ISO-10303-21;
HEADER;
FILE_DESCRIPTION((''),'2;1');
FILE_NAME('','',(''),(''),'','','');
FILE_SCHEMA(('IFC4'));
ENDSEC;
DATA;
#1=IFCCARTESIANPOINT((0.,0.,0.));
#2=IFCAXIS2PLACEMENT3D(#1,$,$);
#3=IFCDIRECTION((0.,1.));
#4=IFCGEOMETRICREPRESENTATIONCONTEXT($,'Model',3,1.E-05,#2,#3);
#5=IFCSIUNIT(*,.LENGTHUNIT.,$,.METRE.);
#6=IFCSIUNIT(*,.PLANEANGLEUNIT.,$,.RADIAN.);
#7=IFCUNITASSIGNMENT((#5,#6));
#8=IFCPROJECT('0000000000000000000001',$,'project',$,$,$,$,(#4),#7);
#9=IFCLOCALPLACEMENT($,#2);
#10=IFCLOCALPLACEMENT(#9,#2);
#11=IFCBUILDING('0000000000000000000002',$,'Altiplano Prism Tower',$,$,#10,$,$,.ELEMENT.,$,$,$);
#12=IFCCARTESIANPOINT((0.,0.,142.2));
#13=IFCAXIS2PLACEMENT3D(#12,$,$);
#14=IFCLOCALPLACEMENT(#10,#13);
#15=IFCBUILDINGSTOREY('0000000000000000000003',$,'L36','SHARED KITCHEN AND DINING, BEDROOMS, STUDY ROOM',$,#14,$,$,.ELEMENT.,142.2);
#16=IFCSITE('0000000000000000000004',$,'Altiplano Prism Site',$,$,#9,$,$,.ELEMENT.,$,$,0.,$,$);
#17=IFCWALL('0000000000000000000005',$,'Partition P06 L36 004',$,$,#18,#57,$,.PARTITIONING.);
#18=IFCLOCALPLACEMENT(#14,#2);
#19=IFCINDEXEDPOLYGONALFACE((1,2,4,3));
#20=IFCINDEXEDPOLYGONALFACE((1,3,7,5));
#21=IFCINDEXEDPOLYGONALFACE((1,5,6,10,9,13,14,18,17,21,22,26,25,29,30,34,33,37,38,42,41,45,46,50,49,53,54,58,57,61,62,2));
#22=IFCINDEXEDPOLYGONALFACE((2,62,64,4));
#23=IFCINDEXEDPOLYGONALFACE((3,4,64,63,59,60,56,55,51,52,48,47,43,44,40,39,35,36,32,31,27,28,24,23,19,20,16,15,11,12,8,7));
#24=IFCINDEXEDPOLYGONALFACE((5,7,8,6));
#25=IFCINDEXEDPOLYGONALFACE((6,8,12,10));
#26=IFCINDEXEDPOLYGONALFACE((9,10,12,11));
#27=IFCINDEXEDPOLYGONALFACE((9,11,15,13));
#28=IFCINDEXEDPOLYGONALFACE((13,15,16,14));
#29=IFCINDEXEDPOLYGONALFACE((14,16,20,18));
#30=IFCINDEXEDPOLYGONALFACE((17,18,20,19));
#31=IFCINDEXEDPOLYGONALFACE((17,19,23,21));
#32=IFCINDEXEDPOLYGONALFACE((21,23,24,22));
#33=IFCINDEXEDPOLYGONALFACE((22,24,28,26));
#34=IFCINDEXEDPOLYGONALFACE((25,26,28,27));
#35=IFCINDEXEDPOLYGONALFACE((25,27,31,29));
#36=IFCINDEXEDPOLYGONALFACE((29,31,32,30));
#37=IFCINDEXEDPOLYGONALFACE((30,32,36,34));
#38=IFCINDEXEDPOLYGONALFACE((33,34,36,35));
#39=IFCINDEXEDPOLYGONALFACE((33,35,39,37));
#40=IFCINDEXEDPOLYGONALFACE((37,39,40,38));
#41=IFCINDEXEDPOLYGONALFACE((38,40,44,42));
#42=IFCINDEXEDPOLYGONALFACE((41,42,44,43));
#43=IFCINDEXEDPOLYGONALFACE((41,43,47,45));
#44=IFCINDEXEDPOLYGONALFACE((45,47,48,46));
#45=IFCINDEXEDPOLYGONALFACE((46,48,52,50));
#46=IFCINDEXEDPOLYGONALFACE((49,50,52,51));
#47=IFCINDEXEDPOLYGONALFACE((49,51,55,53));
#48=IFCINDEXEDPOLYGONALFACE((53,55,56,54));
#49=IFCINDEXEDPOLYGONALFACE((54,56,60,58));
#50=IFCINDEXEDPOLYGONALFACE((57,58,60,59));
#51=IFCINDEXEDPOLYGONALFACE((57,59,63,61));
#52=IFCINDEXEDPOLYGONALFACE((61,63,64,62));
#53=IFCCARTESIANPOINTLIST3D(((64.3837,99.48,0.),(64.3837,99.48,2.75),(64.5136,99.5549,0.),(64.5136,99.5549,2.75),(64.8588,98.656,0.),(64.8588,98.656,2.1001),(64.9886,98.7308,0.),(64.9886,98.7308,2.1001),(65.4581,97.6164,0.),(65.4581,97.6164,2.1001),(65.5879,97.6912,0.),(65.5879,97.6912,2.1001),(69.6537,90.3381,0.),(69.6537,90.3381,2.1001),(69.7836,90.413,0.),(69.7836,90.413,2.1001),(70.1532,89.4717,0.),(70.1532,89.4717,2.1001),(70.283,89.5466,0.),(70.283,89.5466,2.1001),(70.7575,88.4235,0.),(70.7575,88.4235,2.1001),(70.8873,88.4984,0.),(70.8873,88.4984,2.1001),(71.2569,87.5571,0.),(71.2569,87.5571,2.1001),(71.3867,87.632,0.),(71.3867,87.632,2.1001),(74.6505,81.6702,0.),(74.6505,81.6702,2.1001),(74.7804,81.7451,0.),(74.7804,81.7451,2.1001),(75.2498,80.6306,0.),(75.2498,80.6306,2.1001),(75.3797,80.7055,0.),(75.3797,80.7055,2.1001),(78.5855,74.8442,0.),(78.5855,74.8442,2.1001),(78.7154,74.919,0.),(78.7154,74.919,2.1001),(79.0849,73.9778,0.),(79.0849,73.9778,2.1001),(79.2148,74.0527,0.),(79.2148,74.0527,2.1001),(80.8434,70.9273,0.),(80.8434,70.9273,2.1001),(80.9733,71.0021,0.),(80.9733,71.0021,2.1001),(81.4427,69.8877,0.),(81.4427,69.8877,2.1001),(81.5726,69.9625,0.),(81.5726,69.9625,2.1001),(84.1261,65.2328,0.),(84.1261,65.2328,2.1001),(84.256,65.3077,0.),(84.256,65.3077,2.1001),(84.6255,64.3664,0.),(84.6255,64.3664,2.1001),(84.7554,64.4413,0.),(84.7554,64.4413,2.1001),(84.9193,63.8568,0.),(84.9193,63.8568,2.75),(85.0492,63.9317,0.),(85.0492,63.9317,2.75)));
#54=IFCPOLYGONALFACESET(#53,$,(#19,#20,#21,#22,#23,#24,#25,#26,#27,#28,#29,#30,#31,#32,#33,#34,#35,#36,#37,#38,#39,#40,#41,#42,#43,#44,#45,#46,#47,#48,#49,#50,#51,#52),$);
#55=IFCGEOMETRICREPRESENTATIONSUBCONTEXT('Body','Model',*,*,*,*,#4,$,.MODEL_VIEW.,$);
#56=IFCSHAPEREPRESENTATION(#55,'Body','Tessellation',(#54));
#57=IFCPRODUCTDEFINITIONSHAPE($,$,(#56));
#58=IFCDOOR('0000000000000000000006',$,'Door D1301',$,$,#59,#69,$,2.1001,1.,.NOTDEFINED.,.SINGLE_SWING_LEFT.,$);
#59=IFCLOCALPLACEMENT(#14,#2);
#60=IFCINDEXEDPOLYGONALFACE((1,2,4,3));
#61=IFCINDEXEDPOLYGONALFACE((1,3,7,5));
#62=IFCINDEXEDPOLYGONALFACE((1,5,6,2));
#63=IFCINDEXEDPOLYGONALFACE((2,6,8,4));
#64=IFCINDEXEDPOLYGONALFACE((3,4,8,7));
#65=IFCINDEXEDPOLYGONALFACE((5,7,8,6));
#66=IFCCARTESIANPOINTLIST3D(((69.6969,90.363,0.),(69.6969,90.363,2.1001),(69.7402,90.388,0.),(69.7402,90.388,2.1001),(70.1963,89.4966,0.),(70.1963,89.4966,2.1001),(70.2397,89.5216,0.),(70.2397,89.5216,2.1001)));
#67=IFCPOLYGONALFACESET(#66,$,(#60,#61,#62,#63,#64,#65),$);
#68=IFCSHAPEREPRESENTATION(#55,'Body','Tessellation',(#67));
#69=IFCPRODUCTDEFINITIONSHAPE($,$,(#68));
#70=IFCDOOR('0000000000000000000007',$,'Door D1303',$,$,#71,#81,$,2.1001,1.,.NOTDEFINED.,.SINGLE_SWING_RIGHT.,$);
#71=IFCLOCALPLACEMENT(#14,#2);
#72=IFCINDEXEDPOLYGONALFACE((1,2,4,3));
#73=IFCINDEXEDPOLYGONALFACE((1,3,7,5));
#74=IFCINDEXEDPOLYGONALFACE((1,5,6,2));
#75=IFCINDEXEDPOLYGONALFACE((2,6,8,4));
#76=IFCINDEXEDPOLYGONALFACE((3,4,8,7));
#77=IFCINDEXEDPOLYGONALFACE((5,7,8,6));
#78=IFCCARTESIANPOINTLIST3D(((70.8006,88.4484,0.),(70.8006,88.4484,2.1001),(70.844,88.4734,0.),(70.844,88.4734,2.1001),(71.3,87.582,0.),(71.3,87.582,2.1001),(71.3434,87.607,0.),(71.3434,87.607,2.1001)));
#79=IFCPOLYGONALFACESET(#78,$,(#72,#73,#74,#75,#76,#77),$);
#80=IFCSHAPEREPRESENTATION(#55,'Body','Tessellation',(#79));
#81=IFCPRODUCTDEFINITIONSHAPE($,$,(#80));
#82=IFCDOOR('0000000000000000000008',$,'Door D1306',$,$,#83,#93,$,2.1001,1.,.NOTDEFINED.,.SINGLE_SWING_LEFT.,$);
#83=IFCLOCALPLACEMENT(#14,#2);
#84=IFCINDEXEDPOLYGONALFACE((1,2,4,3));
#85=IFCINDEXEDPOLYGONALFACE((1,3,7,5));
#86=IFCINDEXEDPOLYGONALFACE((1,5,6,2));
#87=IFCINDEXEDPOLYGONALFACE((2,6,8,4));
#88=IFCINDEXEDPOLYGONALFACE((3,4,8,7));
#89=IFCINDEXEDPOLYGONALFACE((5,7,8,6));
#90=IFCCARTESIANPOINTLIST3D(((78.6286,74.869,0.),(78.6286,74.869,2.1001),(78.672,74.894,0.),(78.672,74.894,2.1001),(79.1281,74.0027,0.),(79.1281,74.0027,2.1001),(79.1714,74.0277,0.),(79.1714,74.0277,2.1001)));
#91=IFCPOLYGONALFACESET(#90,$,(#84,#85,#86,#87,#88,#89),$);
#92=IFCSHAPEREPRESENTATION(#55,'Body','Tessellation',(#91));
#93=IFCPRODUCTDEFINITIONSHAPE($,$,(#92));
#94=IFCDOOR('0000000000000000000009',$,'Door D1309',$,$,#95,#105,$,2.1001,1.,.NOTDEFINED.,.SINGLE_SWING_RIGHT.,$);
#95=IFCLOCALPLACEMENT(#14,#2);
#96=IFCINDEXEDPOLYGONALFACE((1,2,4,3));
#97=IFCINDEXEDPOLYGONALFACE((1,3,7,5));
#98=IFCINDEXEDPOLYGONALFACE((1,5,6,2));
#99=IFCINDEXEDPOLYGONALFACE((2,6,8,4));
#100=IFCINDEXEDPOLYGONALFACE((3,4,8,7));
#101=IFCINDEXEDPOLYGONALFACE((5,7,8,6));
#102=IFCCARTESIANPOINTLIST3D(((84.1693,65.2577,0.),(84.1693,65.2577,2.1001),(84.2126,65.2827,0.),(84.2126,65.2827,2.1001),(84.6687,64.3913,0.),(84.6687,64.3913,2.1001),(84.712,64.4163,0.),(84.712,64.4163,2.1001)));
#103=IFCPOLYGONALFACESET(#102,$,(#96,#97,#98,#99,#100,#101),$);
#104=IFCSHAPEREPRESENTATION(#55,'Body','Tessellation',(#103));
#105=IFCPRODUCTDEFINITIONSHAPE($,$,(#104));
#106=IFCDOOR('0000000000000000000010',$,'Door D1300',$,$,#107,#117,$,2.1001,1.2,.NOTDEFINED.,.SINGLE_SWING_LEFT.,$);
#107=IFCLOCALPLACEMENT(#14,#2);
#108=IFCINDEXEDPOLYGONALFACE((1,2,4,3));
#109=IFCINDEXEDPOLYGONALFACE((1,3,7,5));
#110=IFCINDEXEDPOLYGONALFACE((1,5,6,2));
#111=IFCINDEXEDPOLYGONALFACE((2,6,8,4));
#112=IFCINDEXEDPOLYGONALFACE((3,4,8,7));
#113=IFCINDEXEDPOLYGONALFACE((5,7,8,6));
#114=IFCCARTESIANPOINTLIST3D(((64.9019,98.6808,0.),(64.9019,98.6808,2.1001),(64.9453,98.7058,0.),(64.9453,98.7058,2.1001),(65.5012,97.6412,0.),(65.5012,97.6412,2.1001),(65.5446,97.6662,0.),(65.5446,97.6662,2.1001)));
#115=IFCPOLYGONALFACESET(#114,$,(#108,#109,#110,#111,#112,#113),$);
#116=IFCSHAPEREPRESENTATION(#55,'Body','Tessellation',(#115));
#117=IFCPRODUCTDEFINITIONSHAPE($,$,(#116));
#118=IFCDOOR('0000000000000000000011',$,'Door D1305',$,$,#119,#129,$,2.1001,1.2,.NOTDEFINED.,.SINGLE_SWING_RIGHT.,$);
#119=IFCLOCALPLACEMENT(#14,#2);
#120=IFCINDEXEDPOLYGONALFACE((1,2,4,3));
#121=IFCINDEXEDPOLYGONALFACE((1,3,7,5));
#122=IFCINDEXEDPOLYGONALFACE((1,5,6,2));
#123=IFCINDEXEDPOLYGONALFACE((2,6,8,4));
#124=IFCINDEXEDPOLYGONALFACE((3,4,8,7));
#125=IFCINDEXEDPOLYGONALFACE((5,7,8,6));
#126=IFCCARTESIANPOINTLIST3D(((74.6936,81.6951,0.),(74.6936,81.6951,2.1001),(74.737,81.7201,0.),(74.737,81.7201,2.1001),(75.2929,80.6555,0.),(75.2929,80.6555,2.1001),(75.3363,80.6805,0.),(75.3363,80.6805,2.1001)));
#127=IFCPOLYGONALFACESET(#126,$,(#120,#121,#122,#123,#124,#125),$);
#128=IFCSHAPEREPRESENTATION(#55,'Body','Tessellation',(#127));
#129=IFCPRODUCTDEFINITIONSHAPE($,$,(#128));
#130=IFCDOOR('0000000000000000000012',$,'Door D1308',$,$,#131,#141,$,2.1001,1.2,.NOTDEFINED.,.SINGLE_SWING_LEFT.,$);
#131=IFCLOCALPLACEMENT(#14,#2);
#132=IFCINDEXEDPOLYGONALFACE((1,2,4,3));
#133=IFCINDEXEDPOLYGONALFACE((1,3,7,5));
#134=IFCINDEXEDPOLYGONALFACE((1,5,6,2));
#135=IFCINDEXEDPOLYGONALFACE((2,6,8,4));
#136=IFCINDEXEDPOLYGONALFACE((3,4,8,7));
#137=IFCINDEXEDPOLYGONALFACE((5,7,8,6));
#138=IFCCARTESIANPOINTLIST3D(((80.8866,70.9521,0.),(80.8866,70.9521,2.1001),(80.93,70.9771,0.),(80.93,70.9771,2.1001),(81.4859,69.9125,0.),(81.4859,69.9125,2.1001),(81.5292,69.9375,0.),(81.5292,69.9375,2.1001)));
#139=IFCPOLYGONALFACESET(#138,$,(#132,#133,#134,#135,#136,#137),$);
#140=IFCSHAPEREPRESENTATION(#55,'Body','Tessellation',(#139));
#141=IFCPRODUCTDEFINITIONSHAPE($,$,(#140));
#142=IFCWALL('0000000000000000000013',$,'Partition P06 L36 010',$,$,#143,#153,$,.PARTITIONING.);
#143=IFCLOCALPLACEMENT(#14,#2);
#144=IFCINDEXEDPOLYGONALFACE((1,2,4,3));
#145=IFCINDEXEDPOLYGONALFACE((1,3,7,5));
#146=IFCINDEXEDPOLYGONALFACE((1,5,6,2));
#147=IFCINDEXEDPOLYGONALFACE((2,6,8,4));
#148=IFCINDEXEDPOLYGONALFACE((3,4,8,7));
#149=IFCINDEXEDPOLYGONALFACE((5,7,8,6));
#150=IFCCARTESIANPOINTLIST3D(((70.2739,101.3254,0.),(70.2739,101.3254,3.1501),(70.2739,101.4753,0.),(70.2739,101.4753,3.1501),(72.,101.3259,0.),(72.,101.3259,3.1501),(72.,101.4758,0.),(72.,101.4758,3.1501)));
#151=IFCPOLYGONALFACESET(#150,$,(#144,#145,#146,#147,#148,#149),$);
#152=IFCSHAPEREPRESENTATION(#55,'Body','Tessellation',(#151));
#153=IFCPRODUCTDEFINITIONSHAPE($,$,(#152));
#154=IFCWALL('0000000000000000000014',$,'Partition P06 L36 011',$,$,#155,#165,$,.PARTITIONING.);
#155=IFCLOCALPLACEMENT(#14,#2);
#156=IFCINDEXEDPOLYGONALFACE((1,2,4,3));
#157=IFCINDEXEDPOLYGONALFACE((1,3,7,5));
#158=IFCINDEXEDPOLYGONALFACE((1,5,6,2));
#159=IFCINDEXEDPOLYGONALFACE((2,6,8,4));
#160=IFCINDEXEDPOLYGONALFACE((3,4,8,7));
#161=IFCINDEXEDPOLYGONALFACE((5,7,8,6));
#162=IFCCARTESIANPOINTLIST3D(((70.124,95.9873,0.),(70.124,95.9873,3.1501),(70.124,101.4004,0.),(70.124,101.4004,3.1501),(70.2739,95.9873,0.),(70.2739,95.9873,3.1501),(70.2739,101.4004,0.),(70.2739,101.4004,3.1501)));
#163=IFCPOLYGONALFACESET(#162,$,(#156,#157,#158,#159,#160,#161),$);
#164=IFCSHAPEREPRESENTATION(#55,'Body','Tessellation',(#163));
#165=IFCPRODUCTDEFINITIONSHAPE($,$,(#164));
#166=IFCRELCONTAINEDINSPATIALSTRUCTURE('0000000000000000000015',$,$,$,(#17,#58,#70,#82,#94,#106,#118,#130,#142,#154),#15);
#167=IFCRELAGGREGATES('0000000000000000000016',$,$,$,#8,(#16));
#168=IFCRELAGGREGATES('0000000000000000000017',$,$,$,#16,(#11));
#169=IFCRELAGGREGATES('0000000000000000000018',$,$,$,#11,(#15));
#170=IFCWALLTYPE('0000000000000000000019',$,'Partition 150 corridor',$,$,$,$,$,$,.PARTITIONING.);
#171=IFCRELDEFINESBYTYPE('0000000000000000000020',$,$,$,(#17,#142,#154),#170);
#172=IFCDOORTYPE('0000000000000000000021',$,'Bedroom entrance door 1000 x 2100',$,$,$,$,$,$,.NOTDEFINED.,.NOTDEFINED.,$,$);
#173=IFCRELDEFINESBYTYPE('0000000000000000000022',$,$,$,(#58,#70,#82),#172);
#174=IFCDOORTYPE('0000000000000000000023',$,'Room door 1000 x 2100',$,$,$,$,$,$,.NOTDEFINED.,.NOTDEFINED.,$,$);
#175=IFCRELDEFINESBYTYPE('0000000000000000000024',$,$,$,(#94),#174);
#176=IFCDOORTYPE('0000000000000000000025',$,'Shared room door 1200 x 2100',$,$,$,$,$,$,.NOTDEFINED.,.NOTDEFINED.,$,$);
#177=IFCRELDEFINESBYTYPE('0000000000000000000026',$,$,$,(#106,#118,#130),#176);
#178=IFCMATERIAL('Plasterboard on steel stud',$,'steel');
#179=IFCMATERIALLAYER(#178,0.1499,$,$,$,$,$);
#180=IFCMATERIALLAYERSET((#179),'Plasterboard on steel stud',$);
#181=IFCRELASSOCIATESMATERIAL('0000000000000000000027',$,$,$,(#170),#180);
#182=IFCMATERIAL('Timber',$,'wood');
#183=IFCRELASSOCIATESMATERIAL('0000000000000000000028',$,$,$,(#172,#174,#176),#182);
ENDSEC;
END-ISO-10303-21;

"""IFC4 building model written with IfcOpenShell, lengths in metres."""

from ifc_helpers import new_model, si_unit, direction, frame, frame_2d, origin, place, context, subcontext, project, spatial, rectangle, extrude, material, layer, layer_set, type_object, element, fill, save


model = new_model("IFC4")

# Units and contexts
model_context = context("Model", 3, precision=1e-05, world=origin(), true_north=direction((0.0, 1.0)))
body_context = subcontext(model_context, "Body", "Model", "MODEL_VIEW")
ifc_project = project(units=[si_unit("LENGTHUNIT", "METRE"), si_unit("PLANEANGLEUNIT", "RADIAN")], contexts=[model_context])

# Site, building, storey
site_placement = place(None, origin())
site = spatial("IfcSite", under=ifc_project, at=site_placement, Name="Altiplano Prism Site", CompositionType="ELEMENT", RefElevation=0.0)
building_placement = place(site_placement, origin())
building = spatial("IfcBuilding", under=site, at=building_placement, Name="Altiplano Prism Tower", CompositionType="ELEMENT")
storey_placement = place(building_placement, frame((0.0, 0.0, 142.2)))
storey = spatial("IfcBuildingStorey", under=building, at=storey_placement, Name="L36", Description="SHARED KITCHEN AND DINING, BEDROOMS, STUDY ROOM", CompositionType="ELEMENT", Elevation=142.2)

# Shared definitions
ifc_material_1 = material(Name="Plasterboard on steel stud", Category="steel")

# Wall, openings, doors
ifc_layer_1 = layer(ifc_material_1, 0.1499)
ifc_layer_set_1 = layer_set([ifc_layer_1], Name="Plasterboard on steel stud")
wall_type_1 = type_object("IfcWallType", Name="Partition 150 corridor", PredefinedType="PARTITIONING", material=ifc_layer_set_1)
wall_1_placement = place(storey_placement, frame((64.4487, 99.5173, 0.0), z_axis=(0.0, 0.0, 1.0), x_axis=(0.499426, -0.866357, 0.0)))
wall_1 = element("IfcWall", 1, at=wall_1_placement, inside=storey, type_object=wall_type_1, Name="Partition P06 L36 004", PredefinedType="PARTITIONING", context=body_context, shape_type="SweptSolid", body=[
    extrude(rectangle(XDim=41.1184, YDim=0.1499, at=frame_2d((20.5591, 0.0))), origin(), (0.0, 0.0, 1.0), 2.75),
])
opening_1_placement = place(wall_1_placement, frame((0.9509, 0.0, 0.0)))
opening_1 = element("IfcOpeningElement", 2, at=opening_1_placement, cuts=wall_1, PredefinedType="OPENING", context=body_context, shape_type="SweptSolid", body=[
    extrude(rectangle(XDim=1.2, YDim=2.1001, at=frame_2d((0.6001, 1.05))), frame((0.0, 0.0854, 0.0), z_axis=(0.0, -1.0, 0.0), x_axis=(1.0, 0.0, 0.0)), (0.0, 0.0, 1.0), 0.1709),
])
opening_2_placement = place(wall_1_placement, frame((10.552, 0.0, 0.0)))
opening_2 = element("IfcOpeningElement", 3, at=opening_2_placement, cuts=wall_1, PredefinedType="OPENING", context=body_context, shape_type="SweptSolid", body=[
    extrude(rectangle(XDim=1.0, YDim=2.1001, at=frame_2d((0.5, 1.05))), frame((0.0, 0.0854, 0.0), z_axis=(0.0, -1.0, 0.0), x_axis=(1.0, 0.0, 0.0)), (0.0, 0.0, 1.0), 0.1709),
])
opening_3_placement = place(wall_1_placement, frame((12.762, 0.0, 0.0)))
opening_3 = element("IfcOpeningElement", 4, at=opening_3_placement, cuts=wall_1, PredefinedType="OPENING", context=body_context, shape_type="SweptSolid", body=[
    extrude(rectangle(XDim=1.0, YDim=2.1001, at=frame_2d((0.5, 1.05))), frame((0.0, 0.0854, 0.0), z_axis=(0.0, -1.0, 0.0), x_axis=(1.0, 0.0, 0.0)), (0.0, 0.0, 1.0), 0.1709),
])
opening_4_placement = place(wall_1_placement, frame((20.5569, 0.0, 0.0)))
opening_4 = element("IfcOpeningElement", 5, at=opening_4_placement, cuts=wall_1, PredefinedType="OPENING", context=body_context, shape_type="SweptSolid", body=[
    extrude(rectangle(XDim=1.2, YDim=2.1001, at=frame_2d((0.6001, 1.05))), frame((0.0, 0.0854, 0.0), z_axis=(0.0, -1.0, 0.0), x_axis=(1.0, 0.0, 0.0)), (0.0, 0.0, 1.0), 0.1709),
])
opening_5_placement = place(wall_1_placement, frame((28.436, 0.0, 0.0)))
opening_5 = element("IfcOpeningElement", 6, at=opening_5_placement, cuts=wall_1, PredefinedType="OPENING", context=body_context, shape_type="SweptSolid", body=[
    extrude(rectangle(XDim=1.0, YDim=2.1001, at=frame_2d((0.5, 1.05))), frame((0.0, 0.0854, 0.0), z_axis=(0.0, -1.0, 0.0), x_axis=(1.0, 0.0, 0.0)), (0.0, 0.0, 1.0), 0.1709),
])
opening_6_placement = place(wall_1_placement, frame((32.957, 0.0, 0.0)))
opening_6 = element("IfcOpeningElement", 7, at=opening_6_placement, cuts=wall_1, PredefinedType="OPENING", context=body_context, shape_type="SweptSolid", body=[
    extrude(rectangle(XDim=1.2, YDim=2.1001, at=frame_2d((0.6001, 1.05))), frame((0.0, 0.0854, 0.0), z_axis=(0.0, -1.0, 0.0), x_axis=(1.0, 0.0, 0.0)), (0.0, 0.0, 1.0), 0.1709),
])
opening_7_placement = place(wall_1_placement, frame((39.53, 0.0, 0.0)))
opening_7 = element("IfcOpeningElement", 8, at=opening_7_placement, cuts=wall_1, PredefinedType="OPENING", context=body_context, shape_type="SweptSolid", body=[
    extrude(rectangle(XDim=1.0, YDim=2.1001, at=frame_2d((0.5, 1.05))), frame((0.0, 0.0854, 0.0), z_axis=(0.0, -1.0, 0.0), x_axis=(1.0, 0.0, 0.0)), (0.0, 0.0, 1.0), 0.1709),
])
ifc_material_2 = material(Name="Timber", Category="wood")
door_type_1 = type_object("IfcDoorType", Name="Bedroom entrance door 1000 x 2100", OperationType="NOTDEFINED", PredefinedType="NOTDEFINED", material=ifc_material_2)
door_1_placement = place(opening_2_placement, origin())
door_1 = element("IfcDoor", 9, at=door_1_placement, inside=storey, type_object=door_type_1, Name="Door D1301", OperationType="SINGLE_SWING_LEFT", OverallHeight=2.1001, OverallWidth=1.0, PredefinedType="NOTDEFINED", context=body_context, shape_type="SweptSolid", body=[
    extrude(rectangle(XDim=1.0, YDim=2.1001, at=frame_2d((0.5, 1.05))), frame((0.0, 0.0249, 0.0), z_axis=(0.0, -1.0, 0.0), x_axis=(1.0, 0.0, 0.0)), (0.0, 0.0, 1.0), 0.05),
])
fill(opening_2, door_1)
door_2_placement = place(opening_3_placement, origin())
door_2 = element("IfcDoor", 10, at=door_2_placement, inside=storey, type_object=door_type_1, Name="Door D1303", OperationType="SINGLE_SWING_RIGHT", OverallHeight=2.1001, OverallWidth=1.0, PredefinedType="NOTDEFINED", context=body_context, shape_type="SweptSolid", body=[
    extrude(rectangle(XDim=1.0, YDim=2.1001, at=frame_2d((0.5, 1.05))), frame((0.0, 0.0249, 0.0), z_axis=(0.0, -1.0, 0.0), x_axis=(1.0, 0.0, 0.0)), (0.0, 0.0, 1.0), 0.05),
])
fill(opening_3, door_2)
door_3_placement = place(opening_5_placement, origin())
door_3 = element("IfcDoor", 11, at=door_3_placement, inside=storey, type_object=door_type_1, Name="Door D1306", OperationType="SINGLE_SWING_LEFT", OverallHeight=2.1001, OverallWidth=1.0, PredefinedType="NOTDEFINED", context=body_context, shape_type="SweptSolid", body=[
    extrude(rectangle(XDim=1.0, YDim=2.1001, at=frame_2d((0.5, 1.05))), frame((0.0, 0.0249, 0.0), z_axis=(0.0, -1.0, 0.0), x_axis=(1.0, 0.0, 0.0)), (0.0, 0.0, 1.0), 0.05),
])
fill(opening_5, door_3)
door_type_2 = type_object("IfcDoorType", Name="Room door 1000 x 2100", OperationType="NOTDEFINED", PredefinedType="NOTDEFINED", material=ifc_material_2)
door_4_placement = place(opening_7_placement, origin())
door_4 = element("IfcDoor", 12, at=door_4_placement, inside=storey, type_object=door_type_2, Name="Door D1309", OperationType="SINGLE_SWING_RIGHT", OverallHeight=2.1001, OverallWidth=1.0, PredefinedType="NOTDEFINED", context=body_context, shape_type="SweptSolid", body=[
    extrude(rectangle(XDim=1.0, YDim=2.1001, at=frame_2d((0.5, 1.05))), frame((0.0, 0.0249, 0.0), z_axis=(0.0, -1.0, 0.0), x_axis=(1.0, 0.0, 0.0)), (0.0, 0.0, 1.0), 0.05),
])
fill(opening_7, door_4)
door_type_3 = type_object("IfcDoorType", Name="Shared room door 1200 x 2100", OperationType="NOTDEFINED", PredefinedType="NOTDEFINED", material=ifc_material_2)
door_5_placement = place(opening_1_placement, origin())
door_5 = element("IfcDoor", 13, at=door_5_placement, inside=storey, type_object=door_type_3, Name="Door D1300", OperationType="SINGLE_SWING_LEFT", OverallHeight=2.1001, OverallWidth=1.2, PredefinedType="NOTDEFINED", context=body_context, shape_type="SweptSolid", body=[
    extrude(rectangle(XDim=1.2, YDim=2.1001, at=frame_2d((0.6001, 1.05))), frame((0.0, 0.0249, 0.0), z_axis=(0.0, -1.0, 0.0), x_axis=(1.0, 0.0, 0.0)), (0.0, 0.0, 1.0), 0.05),
])
fill(opening_1, door_5)
door_6_placement = place(opening_4_placement, origin())
door_6 = element("IfcDoor", 14, at=door_6_placement, inside=storey, type_object=door_type_3, Name="Door D1305", OperationType="SINGLE_SWING_RIGHT", OverallHeight=2.1001, OverallWidth=1.2, PredefinedType="NOTDEFINED", context=body_context, shape_type="SweptSolid", body=[
    extrude(rectangle(XDim=1.2, YDim=2.1001, at=frame_2d((0.6001, 1.05))), frame((0.0, 0.0249, 0.0), z_axis=(0.0, -1.0, 0.0), x_axis=(1.0, 0.0, 0.0)), (0.0, 0.0, 1.0), 0.05),
])
fill(opening_4, door_6)
door_7_placement = place(opening_6_placement, origin())
door_7 = element("IfcDoor", 15, at=door_7_placement, inside=storey, type_object=door_type_3, Name="Door D1308", OperationType="SINGLE_SWING_LEFT", OverallHeight=2.1001, OverallWidth=1.2, PredefinedType="NOTDEFINED", context=body_context, shape_type="SweptSolid", body=[
    extrude(rectangle(XDim=1.2, YDim=2.1001, at=frame_2d((0.6001, 1.05))), frame((0.0, 0.0249, 0.0), z_axis=(0.0, -1.0, 0.0), x_axis=(1.0, 0.0, 0.0)), (0.0, 0.0, 1.0), 0.05),
])
fill(opening_6, door_7)

# Walls
wall_2_placement = place(storey_placement, frame((72.0, 101.4009, 0.0), z_axis=(0.0, 0.0, 1.0), x_axis=(-1.0, -0.000283, 0.0)))
element("IfcWall", 16, at=wall_2_placement, inside=storey, type_object=wall_type_1, Name="Partition P06 L36 010", PredefinedType="PARTITIONING", context=body_context, shape_type="SweptSolid", body=[
    extrude(rectangle(XDim=1.7261, YDim=0.1499, at=frame_2d((0.863, 0.0))), origin(), (0.0, 0.0, 1.0), 3.1501),
])
wall_3_placement = place(storey_placement, frame((70.199, 101.4004, 0.0), z_axis=(0.0, 0.0, 1.0), x_axis=(0.0, -1.0, 0.0)))
element("IfcWall", 17, at=wall_3_placement, inside=storey, type_object=wall_type_1, Name="Partition P06 L36 011", PredefinedType="PARTITIONING", context=body_context, shape_type="SweptSolid", body=[
    extrude(rectangle(XDim=5.4131, YDim=0.1499, at=frame_2d((2.7065, 0.0))), origin(), (0.0, 0.0, 1.0), 3.1501),
])

save(model, "model.ifc")
